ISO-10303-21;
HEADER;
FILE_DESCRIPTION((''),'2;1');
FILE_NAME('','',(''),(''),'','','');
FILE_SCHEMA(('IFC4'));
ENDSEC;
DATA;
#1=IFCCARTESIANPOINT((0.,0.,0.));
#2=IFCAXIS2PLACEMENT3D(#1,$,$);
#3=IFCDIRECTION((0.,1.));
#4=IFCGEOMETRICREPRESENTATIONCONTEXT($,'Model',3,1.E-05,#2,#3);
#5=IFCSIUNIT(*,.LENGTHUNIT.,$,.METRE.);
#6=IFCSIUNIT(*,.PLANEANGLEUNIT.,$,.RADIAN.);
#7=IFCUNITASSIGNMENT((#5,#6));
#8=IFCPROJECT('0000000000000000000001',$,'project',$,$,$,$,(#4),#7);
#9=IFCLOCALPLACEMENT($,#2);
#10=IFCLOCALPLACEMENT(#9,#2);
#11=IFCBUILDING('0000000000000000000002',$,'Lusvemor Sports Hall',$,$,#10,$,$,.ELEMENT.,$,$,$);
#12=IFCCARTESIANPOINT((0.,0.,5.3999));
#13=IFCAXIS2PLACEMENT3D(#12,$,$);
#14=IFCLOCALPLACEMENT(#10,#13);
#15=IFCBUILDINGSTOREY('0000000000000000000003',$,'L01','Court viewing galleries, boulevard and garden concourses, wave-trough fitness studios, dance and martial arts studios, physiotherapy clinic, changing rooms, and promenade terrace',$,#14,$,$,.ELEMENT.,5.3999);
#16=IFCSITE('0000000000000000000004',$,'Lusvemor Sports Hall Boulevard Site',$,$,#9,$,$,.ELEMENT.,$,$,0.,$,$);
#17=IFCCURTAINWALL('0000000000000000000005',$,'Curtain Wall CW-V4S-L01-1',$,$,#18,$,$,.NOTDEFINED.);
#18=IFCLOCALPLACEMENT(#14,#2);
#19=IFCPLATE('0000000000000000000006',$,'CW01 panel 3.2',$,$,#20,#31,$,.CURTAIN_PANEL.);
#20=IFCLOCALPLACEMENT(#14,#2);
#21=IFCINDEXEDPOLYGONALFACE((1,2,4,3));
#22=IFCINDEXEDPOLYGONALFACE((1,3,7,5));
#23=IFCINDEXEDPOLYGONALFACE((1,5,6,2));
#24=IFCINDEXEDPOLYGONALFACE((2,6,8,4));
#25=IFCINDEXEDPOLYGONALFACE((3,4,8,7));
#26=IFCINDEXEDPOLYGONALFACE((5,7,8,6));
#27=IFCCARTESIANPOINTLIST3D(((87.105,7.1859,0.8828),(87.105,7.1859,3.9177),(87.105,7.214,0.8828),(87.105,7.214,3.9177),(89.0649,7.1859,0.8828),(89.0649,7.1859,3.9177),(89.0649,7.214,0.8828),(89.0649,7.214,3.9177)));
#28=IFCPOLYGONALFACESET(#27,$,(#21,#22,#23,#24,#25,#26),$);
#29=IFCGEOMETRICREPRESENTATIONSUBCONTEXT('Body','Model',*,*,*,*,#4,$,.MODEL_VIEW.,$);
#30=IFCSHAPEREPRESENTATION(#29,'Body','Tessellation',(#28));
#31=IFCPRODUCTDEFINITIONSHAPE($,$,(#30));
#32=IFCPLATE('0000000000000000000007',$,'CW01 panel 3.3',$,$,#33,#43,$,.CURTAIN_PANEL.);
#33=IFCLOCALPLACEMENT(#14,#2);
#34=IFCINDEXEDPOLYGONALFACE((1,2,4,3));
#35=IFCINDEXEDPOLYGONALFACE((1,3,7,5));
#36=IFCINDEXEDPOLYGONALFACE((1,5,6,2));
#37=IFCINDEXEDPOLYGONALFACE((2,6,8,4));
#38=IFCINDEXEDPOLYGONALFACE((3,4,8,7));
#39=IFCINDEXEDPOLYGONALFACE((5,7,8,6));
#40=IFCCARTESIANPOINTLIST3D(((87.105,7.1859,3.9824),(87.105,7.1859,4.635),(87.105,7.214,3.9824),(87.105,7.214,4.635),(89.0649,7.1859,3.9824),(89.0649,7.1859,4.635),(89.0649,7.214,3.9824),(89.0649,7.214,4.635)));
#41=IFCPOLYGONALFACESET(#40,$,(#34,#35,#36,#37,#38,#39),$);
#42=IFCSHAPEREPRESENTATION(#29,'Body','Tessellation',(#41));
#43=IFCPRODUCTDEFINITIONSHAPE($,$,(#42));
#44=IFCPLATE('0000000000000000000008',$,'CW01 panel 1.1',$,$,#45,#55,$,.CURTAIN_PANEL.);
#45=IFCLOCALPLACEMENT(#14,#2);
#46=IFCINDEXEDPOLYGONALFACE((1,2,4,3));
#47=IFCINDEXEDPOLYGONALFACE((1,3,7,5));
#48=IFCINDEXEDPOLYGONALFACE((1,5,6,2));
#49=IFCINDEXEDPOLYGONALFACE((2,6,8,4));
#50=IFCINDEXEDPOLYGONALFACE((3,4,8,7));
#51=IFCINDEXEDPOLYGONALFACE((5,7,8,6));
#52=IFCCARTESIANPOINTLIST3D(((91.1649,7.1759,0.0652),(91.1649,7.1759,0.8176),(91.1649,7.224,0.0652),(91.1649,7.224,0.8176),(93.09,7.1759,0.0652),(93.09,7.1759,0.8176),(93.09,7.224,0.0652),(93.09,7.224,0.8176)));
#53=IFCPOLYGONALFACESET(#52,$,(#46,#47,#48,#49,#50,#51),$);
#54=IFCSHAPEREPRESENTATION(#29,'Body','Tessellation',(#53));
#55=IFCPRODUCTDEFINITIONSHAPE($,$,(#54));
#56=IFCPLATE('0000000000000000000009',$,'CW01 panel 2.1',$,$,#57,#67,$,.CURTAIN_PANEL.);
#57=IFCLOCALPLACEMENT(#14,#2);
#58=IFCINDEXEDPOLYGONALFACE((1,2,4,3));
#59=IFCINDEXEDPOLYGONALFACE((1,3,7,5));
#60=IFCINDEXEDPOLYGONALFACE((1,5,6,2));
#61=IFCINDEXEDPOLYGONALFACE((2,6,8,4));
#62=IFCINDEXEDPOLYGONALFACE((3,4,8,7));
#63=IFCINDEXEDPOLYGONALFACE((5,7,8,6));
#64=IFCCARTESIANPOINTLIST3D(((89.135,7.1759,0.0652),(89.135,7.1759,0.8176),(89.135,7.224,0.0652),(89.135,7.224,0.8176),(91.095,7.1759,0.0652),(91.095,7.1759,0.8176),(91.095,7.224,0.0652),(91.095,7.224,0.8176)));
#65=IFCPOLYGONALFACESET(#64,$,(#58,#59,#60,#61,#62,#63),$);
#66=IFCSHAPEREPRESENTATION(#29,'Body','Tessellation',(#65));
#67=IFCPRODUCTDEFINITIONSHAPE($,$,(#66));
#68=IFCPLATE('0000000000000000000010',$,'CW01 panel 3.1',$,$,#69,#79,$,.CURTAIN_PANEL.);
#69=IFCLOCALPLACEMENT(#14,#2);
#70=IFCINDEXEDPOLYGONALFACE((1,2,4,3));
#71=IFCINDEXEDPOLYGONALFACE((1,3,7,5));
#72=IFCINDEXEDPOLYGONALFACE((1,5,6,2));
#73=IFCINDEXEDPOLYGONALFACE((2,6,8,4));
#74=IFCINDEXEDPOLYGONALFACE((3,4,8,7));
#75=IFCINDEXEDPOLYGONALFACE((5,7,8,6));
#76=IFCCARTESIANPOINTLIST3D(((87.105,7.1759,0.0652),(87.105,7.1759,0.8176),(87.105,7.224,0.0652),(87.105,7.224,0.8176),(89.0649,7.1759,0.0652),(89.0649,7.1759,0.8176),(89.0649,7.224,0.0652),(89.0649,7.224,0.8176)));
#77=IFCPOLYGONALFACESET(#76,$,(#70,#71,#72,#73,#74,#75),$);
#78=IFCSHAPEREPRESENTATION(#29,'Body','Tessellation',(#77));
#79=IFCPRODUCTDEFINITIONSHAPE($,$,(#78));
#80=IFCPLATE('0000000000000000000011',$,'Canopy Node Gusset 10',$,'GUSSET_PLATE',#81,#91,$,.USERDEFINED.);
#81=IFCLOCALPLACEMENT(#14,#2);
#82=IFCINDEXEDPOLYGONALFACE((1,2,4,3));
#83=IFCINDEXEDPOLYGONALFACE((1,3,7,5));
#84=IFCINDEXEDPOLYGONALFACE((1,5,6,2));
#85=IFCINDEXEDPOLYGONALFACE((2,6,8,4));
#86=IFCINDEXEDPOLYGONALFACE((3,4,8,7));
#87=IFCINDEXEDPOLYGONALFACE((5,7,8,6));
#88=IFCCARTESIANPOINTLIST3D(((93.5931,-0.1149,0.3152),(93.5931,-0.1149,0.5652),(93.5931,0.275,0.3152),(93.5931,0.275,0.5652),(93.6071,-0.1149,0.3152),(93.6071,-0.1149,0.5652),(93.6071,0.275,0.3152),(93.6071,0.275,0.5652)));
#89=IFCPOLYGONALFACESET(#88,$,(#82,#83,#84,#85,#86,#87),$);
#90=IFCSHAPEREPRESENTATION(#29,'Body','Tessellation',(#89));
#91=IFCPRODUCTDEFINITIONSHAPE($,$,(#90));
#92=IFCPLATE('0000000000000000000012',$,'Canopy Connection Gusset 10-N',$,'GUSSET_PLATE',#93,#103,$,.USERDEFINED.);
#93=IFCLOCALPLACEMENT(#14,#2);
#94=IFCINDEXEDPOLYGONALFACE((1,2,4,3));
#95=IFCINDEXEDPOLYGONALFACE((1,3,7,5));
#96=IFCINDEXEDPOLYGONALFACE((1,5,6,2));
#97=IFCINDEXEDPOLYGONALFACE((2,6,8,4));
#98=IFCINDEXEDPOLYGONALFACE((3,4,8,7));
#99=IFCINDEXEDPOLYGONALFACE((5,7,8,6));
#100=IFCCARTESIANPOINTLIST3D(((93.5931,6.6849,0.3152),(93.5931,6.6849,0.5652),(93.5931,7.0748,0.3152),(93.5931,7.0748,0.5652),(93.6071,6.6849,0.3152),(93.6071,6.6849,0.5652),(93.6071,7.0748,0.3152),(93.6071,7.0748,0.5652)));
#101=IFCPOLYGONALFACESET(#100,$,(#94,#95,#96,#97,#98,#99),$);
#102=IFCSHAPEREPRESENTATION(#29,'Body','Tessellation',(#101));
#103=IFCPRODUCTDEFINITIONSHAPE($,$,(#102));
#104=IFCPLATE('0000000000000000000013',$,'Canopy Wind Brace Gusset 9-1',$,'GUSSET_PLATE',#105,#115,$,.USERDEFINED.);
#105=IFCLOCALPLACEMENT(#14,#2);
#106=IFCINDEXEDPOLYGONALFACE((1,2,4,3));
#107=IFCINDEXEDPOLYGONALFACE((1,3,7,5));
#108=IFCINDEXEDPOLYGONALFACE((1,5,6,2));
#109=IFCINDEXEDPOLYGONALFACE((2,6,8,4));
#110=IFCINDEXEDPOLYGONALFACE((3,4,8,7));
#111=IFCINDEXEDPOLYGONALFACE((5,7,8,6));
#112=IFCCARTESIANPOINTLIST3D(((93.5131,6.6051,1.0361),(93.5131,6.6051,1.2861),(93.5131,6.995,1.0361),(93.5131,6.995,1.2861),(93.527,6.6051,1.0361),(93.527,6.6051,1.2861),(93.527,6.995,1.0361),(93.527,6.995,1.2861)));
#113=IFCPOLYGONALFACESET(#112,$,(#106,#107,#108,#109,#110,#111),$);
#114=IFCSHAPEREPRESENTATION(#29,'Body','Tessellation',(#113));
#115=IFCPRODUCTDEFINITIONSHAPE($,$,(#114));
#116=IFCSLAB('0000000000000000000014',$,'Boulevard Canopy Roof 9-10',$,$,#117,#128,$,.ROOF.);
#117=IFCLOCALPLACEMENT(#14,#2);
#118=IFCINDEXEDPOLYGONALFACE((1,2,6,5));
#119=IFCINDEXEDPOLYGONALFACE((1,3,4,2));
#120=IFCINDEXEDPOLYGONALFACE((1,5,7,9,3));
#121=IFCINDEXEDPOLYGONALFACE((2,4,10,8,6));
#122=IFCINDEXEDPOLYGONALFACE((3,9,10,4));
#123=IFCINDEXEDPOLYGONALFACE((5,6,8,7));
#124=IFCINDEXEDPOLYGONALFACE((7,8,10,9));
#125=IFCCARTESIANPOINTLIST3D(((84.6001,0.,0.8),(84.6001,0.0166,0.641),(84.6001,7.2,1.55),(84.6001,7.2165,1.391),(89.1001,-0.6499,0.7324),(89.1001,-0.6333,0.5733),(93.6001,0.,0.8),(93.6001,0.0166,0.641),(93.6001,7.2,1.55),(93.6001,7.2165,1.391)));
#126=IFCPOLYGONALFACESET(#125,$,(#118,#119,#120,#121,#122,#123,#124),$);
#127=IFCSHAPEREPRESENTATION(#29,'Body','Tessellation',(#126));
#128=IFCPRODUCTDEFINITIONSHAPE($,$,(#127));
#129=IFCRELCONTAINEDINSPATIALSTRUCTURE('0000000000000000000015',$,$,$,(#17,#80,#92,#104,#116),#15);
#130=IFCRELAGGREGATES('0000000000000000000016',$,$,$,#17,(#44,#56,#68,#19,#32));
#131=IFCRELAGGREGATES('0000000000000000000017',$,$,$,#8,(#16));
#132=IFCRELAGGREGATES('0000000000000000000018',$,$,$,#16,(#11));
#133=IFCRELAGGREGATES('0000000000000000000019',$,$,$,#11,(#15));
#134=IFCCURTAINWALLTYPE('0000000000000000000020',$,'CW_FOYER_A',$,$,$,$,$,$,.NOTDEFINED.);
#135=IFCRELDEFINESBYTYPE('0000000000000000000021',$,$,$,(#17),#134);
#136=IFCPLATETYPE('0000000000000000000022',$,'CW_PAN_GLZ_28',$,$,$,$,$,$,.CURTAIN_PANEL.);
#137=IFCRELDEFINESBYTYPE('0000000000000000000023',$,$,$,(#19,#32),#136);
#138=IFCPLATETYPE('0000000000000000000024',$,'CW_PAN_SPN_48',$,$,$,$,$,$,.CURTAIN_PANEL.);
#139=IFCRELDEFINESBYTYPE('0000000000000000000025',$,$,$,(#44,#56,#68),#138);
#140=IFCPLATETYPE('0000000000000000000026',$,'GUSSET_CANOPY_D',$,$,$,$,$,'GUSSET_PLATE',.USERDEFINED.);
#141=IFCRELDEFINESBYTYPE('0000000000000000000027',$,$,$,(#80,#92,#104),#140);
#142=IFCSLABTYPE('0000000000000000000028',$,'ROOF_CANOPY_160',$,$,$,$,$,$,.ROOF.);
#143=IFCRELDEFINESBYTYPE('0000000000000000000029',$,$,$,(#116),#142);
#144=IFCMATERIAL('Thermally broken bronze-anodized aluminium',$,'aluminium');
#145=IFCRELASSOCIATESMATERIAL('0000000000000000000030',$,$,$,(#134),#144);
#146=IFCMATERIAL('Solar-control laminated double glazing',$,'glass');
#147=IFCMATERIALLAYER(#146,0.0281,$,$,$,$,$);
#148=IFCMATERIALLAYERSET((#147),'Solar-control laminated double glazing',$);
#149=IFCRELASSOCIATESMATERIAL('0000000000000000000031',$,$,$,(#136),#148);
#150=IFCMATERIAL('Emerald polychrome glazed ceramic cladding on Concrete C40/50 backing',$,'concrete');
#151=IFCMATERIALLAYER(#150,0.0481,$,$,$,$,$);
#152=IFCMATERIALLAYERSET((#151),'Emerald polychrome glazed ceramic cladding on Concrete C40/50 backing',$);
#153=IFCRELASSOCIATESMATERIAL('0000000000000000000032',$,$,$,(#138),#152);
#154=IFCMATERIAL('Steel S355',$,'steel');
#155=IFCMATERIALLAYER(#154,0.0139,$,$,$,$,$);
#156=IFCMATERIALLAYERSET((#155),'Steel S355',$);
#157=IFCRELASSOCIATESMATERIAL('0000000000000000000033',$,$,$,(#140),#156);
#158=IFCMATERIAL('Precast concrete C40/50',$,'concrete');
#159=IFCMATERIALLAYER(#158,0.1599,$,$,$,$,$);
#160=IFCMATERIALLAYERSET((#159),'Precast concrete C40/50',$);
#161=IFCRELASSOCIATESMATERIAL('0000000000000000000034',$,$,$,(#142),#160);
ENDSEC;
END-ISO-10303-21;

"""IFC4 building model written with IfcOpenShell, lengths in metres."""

from ifc_helpers import new_model, si_unit, direction, frame, origin, origin_2d, place, context, subcontext, project, spatial, polyline, rectangle, outline, extrude, material, layer, layer_set, type_object, element, aggregate, save


model = new_model("IFC4")

# Units and contexts
model_context = context("Model", 3, precision=1e-05, world=origin(), true_north=direction((0.0, 1.0)))
body_context = subcontext(model_context, "Body", "Model", "MODEL_VIEW")
ifc_project = project(units=[si_unit("LENGTHUNIT", "METRE"), si_unit("PLANEANGLEUNIT", "RADIAN")], contexts=[model_context])

# Site, building, storey
site_placement = place(None, origin())
site = spatial("IfcSite", under=ifc_project, at=site_placement, Name="Lusvemor Sports Hall Boulevard Site", CompositionType="ELEMENT", RefElevation=0.0)
building_placement = place(site_placement, origin())
building = spatial("IfcBuilding", under=site, at=building_placement, Name="Lusvemor Sports Hall", CompositionType="ELEMENT")
storey_placement = place(building_placement, frame((0.0, 0.0, 5.3999)))
storey = spatial("IfcBuildingStorey", under=building, at=storey_placement, Name="L01", Description="Court viewing galleries, boulevard and garden concourses, wave-trough fitness studios, dance and martial arts studios, physiotherapy clinic, changing rooms, and promenade terrace", CompositionType="ELEMENT", Elevation=5.3999)

# Curtain wall
ifc_material_1 = material(Name="Thermally broken bronze-anodized aluminium", Category="aluminium")
curtain_wall_type = type_object("IfcCurtainWallType", Name="CW_FOYER_A", PredefinedType="NOTDEFINED", material=ifc_material_1)
curtain_wall_placement = place(storey_placement, origin())
curtain_wall = element("IfcCurtainWall", 1, at=curtain_wall_placement, inside=storey, type_object=curtain_wall_type, Name="Curtain Wall CW-V4S-L01-1", PredefinedType="NOTDEFINED")

# Plates
ifc_material_2 = material(Name="Solar-control laminated double glazing", Category="glass")
ifc_layer_1 = layer(ifc_material_2, 0.0281)
ifc_layer_set_1 = layer_set([ifc_layer_1], Name="Solar-control laminated double glazing")
plate_type_1 = type_object("IfcPlateType", Name="CW_PAN_GLZ_28", PredefinedType="CURTAIN_PANEL", material=ifc_layer_set_1)
plate_1_placement = place(storey_placement, frame((88.085, 7.2, 0.8828), z_axis=(0.0, 0.0, 1.0), x_axis=(-1.0, 0.0, 0.0)))
plate_1 = element("IfcPlate", 2, at=plate_1_placement, type_object=plate_type_1, Name="CW01 panel 3.2", PredefinedType="CURTAIN_PANEL", context=body_context, shape_type="SweptSolid", body=[
    extrude(rectangle(XDim=1.96, YDim=0.0281, at=origin_2d()), origin(), (0.0, 0.0, 1.0), 3.0349),
])
plate_2_placement = place(storey_placement, frame((88.085, 7.2, 3.9824), z_axis=(0.0, 0.0, 1.0), x_axis=(-1.0, 0.0, 0.0)))
plate_2 = element("IfcPlate", 3, at=plate_2_placement, type_object=plate_type_1, Name="CW01 panel 3.3", PredefinedType="CURTAIN_PANEL", context=body_context, shape_type="SweptSolid", body=[
    extrude(rectangle(XDim=1.96, YDim=0.0281, at=origin_2d()), origin(), (0.0, 0.0, 1.0), 0.6526),
])
ifc_material_3 = material(Name="Emerald polychrome glazed ceramic cladding on Concrete C40/50 backing", Category="concrete")
ifc_layer_2 = layer(ifc_material_3, 0.0481)
ifc_layer_set_2 = layer_set([ifc_layer_2], Name="Emerald polychrome glazed ceramic cladding on Concrete C40/50 backing")
plate_type_2 = type_object("IfcPlateType", Name="CW_PAN_SPN_48", PredefinedType="CURTAIN_PANEL", material=ifc_layer_set_2)
plate_3_placement = place(storey_placement, frame((92.1274, 7.2, 0.0652), z_axis=(0.0, 0.0, 1.0), x_axis=(-1.0, 0.0, 0.0)))
plate_3 = element("IfcPlate", 4, at=plate_3_placement, type_object=plate_type_2, Name="CW01 panel 1.1", PredefinedType="CURTAIN_PANEL", context=body_context, shape_type="SweptSolid", body=[
    extrude(rectangle(XDim=1.925, YDim=0.0481, at=origin_2d()), origin(), (0.0, 0.0, 1.0), 0.7524),
])
plate_4_placement = place(storey_placement, frame((90.115, 7.2, 0.0652), z_axis=(0.0, 0.0, 1.0), x_axis=(-1.0, 0.0, 0.0)))
plate_4 = element("IfcPlate", 5, at=plate_4_placement, type_object=plate_type_2, Name="CW01 panel 2.1", PredefinedType="CURTAIN_PANEL", context=body_context, shape_type="SweptSolid", body=[
    extrude(rectangle(XDim=1.96, YDim=0.0481, at=origin_2d()), origin(), (0.0, 0.0, 1.0), 0.7524),
])
plate_5_placement = place(storey_placement, frame((88.085, 7.2, 0.0652), z_axis=(0.0, 0.0, 1.0), x_axis=(-1.0, 0.0, 0.0)))
plate_5 = element("IfcPlate", 6, at=plate_5_placement, type_object=plate_type_2, Name="CW01 panel 3.1", PredefinedType="CURTAIN_PANEL", context=body_context, shape_type="SweptSolid", body=[
    extrude(rectangle(XDim=1.96, YDim=0.0481, at=origin_2d()), origin(), (0.0, 0.0, 1.0), 0.7524),
])
aggregate(curtain_wall, [plate_3, plate_4, plate_5, plate_1, plate_2])

# Plates
ifc_material_4 = material(Name="Steel S355", Category="steel")
ifc_layer_3 = layer(ifc_material_4, 0.0139)
ifc_layer_set_3 = layer_set([ifc_layer_3], Name="Steel S355")
plate_type_3 = type_object("IfcPlateType", Name="GUSSET_CANOPY_D", ElementType="GUSSET_PLATE", PredefinedType="USERDEFINED", material=ifc_layer_set_3)
for number, where, z_axis, x_axis, name in (
    (7, (93.6001, 0.0801, 0.3152), (0.0, 0.0, 1.0), (1.0, 0.0, 0.0), "Canopy Node Gusset 10"),
    (8, (93.6001, 6.8799, 0.3152), (0.0, 0.0, 1.0), (1.0, 0.0, 0.0), "Canopy Connection Gusset 10-N"),
    (9, (93.52, 6.8, 1.0361), (0.0, 0.0, 1.0), (1.0, 0.0, 0.0), "Canopy Wind Brace Gusset 9-1"),
):
    element("IfcPlate", number, at=place(storey_placement, frame(where, z_axis=z_axis, x_axis=x_axis)), inside=storey, type_object=plate_type_3, Name=name, ObjectType="GUSSET_PLATE", PredefinedType="USERDEFINED", context=body_context, shape_type="SweptSolid", body=[
        extrude(rectangle(XDim=0.0139, YDim=0.3899, at=origin_2d()), origin(), (0.0, 0.0, 1.0), 0.25),
    ])

# Slab
ifc_material_5 = material(Name="Precast concrete C40/50", Category="concrete")
ifc_layer_4 = layer(ifc_material_5, 0.1599)
ifc_layer_set_4 = layer_set([ifc_layer_4], Name="Precast concrete C40/50")
slab_type = type_object("IfcSlabType", Name="ROOF_CANOPY_160", PredefinedType="ROOF", material=ifc_layer_set_4)
slab_placement = place(storey_placement, frame((93.6001, 0.0, 0.8), z_axis=(0.0, -0.103602, 0.994619), x_axis=(-0.989622, -0.142922, -0.014887)))
element("IfcSlab", 10, at=slab_placement, inside=storey, type_object=slab_type, Name="Boulevard Canopy Roof 9-10", PredefinedType="ROOF", context=body_context, shape_type="SweptSolid", body=[
    extrude(outline(polyline([(0.0, 0.0), (4.5472, 0.0), (8.9066, -1.2933), (7.8664, -8.457), (-1.0402, -7.1638), (0.0, 0.0)])), origin(), (0.0, 0.0, -1.0), 0.1599),
])

save(model, "model.ifc")
